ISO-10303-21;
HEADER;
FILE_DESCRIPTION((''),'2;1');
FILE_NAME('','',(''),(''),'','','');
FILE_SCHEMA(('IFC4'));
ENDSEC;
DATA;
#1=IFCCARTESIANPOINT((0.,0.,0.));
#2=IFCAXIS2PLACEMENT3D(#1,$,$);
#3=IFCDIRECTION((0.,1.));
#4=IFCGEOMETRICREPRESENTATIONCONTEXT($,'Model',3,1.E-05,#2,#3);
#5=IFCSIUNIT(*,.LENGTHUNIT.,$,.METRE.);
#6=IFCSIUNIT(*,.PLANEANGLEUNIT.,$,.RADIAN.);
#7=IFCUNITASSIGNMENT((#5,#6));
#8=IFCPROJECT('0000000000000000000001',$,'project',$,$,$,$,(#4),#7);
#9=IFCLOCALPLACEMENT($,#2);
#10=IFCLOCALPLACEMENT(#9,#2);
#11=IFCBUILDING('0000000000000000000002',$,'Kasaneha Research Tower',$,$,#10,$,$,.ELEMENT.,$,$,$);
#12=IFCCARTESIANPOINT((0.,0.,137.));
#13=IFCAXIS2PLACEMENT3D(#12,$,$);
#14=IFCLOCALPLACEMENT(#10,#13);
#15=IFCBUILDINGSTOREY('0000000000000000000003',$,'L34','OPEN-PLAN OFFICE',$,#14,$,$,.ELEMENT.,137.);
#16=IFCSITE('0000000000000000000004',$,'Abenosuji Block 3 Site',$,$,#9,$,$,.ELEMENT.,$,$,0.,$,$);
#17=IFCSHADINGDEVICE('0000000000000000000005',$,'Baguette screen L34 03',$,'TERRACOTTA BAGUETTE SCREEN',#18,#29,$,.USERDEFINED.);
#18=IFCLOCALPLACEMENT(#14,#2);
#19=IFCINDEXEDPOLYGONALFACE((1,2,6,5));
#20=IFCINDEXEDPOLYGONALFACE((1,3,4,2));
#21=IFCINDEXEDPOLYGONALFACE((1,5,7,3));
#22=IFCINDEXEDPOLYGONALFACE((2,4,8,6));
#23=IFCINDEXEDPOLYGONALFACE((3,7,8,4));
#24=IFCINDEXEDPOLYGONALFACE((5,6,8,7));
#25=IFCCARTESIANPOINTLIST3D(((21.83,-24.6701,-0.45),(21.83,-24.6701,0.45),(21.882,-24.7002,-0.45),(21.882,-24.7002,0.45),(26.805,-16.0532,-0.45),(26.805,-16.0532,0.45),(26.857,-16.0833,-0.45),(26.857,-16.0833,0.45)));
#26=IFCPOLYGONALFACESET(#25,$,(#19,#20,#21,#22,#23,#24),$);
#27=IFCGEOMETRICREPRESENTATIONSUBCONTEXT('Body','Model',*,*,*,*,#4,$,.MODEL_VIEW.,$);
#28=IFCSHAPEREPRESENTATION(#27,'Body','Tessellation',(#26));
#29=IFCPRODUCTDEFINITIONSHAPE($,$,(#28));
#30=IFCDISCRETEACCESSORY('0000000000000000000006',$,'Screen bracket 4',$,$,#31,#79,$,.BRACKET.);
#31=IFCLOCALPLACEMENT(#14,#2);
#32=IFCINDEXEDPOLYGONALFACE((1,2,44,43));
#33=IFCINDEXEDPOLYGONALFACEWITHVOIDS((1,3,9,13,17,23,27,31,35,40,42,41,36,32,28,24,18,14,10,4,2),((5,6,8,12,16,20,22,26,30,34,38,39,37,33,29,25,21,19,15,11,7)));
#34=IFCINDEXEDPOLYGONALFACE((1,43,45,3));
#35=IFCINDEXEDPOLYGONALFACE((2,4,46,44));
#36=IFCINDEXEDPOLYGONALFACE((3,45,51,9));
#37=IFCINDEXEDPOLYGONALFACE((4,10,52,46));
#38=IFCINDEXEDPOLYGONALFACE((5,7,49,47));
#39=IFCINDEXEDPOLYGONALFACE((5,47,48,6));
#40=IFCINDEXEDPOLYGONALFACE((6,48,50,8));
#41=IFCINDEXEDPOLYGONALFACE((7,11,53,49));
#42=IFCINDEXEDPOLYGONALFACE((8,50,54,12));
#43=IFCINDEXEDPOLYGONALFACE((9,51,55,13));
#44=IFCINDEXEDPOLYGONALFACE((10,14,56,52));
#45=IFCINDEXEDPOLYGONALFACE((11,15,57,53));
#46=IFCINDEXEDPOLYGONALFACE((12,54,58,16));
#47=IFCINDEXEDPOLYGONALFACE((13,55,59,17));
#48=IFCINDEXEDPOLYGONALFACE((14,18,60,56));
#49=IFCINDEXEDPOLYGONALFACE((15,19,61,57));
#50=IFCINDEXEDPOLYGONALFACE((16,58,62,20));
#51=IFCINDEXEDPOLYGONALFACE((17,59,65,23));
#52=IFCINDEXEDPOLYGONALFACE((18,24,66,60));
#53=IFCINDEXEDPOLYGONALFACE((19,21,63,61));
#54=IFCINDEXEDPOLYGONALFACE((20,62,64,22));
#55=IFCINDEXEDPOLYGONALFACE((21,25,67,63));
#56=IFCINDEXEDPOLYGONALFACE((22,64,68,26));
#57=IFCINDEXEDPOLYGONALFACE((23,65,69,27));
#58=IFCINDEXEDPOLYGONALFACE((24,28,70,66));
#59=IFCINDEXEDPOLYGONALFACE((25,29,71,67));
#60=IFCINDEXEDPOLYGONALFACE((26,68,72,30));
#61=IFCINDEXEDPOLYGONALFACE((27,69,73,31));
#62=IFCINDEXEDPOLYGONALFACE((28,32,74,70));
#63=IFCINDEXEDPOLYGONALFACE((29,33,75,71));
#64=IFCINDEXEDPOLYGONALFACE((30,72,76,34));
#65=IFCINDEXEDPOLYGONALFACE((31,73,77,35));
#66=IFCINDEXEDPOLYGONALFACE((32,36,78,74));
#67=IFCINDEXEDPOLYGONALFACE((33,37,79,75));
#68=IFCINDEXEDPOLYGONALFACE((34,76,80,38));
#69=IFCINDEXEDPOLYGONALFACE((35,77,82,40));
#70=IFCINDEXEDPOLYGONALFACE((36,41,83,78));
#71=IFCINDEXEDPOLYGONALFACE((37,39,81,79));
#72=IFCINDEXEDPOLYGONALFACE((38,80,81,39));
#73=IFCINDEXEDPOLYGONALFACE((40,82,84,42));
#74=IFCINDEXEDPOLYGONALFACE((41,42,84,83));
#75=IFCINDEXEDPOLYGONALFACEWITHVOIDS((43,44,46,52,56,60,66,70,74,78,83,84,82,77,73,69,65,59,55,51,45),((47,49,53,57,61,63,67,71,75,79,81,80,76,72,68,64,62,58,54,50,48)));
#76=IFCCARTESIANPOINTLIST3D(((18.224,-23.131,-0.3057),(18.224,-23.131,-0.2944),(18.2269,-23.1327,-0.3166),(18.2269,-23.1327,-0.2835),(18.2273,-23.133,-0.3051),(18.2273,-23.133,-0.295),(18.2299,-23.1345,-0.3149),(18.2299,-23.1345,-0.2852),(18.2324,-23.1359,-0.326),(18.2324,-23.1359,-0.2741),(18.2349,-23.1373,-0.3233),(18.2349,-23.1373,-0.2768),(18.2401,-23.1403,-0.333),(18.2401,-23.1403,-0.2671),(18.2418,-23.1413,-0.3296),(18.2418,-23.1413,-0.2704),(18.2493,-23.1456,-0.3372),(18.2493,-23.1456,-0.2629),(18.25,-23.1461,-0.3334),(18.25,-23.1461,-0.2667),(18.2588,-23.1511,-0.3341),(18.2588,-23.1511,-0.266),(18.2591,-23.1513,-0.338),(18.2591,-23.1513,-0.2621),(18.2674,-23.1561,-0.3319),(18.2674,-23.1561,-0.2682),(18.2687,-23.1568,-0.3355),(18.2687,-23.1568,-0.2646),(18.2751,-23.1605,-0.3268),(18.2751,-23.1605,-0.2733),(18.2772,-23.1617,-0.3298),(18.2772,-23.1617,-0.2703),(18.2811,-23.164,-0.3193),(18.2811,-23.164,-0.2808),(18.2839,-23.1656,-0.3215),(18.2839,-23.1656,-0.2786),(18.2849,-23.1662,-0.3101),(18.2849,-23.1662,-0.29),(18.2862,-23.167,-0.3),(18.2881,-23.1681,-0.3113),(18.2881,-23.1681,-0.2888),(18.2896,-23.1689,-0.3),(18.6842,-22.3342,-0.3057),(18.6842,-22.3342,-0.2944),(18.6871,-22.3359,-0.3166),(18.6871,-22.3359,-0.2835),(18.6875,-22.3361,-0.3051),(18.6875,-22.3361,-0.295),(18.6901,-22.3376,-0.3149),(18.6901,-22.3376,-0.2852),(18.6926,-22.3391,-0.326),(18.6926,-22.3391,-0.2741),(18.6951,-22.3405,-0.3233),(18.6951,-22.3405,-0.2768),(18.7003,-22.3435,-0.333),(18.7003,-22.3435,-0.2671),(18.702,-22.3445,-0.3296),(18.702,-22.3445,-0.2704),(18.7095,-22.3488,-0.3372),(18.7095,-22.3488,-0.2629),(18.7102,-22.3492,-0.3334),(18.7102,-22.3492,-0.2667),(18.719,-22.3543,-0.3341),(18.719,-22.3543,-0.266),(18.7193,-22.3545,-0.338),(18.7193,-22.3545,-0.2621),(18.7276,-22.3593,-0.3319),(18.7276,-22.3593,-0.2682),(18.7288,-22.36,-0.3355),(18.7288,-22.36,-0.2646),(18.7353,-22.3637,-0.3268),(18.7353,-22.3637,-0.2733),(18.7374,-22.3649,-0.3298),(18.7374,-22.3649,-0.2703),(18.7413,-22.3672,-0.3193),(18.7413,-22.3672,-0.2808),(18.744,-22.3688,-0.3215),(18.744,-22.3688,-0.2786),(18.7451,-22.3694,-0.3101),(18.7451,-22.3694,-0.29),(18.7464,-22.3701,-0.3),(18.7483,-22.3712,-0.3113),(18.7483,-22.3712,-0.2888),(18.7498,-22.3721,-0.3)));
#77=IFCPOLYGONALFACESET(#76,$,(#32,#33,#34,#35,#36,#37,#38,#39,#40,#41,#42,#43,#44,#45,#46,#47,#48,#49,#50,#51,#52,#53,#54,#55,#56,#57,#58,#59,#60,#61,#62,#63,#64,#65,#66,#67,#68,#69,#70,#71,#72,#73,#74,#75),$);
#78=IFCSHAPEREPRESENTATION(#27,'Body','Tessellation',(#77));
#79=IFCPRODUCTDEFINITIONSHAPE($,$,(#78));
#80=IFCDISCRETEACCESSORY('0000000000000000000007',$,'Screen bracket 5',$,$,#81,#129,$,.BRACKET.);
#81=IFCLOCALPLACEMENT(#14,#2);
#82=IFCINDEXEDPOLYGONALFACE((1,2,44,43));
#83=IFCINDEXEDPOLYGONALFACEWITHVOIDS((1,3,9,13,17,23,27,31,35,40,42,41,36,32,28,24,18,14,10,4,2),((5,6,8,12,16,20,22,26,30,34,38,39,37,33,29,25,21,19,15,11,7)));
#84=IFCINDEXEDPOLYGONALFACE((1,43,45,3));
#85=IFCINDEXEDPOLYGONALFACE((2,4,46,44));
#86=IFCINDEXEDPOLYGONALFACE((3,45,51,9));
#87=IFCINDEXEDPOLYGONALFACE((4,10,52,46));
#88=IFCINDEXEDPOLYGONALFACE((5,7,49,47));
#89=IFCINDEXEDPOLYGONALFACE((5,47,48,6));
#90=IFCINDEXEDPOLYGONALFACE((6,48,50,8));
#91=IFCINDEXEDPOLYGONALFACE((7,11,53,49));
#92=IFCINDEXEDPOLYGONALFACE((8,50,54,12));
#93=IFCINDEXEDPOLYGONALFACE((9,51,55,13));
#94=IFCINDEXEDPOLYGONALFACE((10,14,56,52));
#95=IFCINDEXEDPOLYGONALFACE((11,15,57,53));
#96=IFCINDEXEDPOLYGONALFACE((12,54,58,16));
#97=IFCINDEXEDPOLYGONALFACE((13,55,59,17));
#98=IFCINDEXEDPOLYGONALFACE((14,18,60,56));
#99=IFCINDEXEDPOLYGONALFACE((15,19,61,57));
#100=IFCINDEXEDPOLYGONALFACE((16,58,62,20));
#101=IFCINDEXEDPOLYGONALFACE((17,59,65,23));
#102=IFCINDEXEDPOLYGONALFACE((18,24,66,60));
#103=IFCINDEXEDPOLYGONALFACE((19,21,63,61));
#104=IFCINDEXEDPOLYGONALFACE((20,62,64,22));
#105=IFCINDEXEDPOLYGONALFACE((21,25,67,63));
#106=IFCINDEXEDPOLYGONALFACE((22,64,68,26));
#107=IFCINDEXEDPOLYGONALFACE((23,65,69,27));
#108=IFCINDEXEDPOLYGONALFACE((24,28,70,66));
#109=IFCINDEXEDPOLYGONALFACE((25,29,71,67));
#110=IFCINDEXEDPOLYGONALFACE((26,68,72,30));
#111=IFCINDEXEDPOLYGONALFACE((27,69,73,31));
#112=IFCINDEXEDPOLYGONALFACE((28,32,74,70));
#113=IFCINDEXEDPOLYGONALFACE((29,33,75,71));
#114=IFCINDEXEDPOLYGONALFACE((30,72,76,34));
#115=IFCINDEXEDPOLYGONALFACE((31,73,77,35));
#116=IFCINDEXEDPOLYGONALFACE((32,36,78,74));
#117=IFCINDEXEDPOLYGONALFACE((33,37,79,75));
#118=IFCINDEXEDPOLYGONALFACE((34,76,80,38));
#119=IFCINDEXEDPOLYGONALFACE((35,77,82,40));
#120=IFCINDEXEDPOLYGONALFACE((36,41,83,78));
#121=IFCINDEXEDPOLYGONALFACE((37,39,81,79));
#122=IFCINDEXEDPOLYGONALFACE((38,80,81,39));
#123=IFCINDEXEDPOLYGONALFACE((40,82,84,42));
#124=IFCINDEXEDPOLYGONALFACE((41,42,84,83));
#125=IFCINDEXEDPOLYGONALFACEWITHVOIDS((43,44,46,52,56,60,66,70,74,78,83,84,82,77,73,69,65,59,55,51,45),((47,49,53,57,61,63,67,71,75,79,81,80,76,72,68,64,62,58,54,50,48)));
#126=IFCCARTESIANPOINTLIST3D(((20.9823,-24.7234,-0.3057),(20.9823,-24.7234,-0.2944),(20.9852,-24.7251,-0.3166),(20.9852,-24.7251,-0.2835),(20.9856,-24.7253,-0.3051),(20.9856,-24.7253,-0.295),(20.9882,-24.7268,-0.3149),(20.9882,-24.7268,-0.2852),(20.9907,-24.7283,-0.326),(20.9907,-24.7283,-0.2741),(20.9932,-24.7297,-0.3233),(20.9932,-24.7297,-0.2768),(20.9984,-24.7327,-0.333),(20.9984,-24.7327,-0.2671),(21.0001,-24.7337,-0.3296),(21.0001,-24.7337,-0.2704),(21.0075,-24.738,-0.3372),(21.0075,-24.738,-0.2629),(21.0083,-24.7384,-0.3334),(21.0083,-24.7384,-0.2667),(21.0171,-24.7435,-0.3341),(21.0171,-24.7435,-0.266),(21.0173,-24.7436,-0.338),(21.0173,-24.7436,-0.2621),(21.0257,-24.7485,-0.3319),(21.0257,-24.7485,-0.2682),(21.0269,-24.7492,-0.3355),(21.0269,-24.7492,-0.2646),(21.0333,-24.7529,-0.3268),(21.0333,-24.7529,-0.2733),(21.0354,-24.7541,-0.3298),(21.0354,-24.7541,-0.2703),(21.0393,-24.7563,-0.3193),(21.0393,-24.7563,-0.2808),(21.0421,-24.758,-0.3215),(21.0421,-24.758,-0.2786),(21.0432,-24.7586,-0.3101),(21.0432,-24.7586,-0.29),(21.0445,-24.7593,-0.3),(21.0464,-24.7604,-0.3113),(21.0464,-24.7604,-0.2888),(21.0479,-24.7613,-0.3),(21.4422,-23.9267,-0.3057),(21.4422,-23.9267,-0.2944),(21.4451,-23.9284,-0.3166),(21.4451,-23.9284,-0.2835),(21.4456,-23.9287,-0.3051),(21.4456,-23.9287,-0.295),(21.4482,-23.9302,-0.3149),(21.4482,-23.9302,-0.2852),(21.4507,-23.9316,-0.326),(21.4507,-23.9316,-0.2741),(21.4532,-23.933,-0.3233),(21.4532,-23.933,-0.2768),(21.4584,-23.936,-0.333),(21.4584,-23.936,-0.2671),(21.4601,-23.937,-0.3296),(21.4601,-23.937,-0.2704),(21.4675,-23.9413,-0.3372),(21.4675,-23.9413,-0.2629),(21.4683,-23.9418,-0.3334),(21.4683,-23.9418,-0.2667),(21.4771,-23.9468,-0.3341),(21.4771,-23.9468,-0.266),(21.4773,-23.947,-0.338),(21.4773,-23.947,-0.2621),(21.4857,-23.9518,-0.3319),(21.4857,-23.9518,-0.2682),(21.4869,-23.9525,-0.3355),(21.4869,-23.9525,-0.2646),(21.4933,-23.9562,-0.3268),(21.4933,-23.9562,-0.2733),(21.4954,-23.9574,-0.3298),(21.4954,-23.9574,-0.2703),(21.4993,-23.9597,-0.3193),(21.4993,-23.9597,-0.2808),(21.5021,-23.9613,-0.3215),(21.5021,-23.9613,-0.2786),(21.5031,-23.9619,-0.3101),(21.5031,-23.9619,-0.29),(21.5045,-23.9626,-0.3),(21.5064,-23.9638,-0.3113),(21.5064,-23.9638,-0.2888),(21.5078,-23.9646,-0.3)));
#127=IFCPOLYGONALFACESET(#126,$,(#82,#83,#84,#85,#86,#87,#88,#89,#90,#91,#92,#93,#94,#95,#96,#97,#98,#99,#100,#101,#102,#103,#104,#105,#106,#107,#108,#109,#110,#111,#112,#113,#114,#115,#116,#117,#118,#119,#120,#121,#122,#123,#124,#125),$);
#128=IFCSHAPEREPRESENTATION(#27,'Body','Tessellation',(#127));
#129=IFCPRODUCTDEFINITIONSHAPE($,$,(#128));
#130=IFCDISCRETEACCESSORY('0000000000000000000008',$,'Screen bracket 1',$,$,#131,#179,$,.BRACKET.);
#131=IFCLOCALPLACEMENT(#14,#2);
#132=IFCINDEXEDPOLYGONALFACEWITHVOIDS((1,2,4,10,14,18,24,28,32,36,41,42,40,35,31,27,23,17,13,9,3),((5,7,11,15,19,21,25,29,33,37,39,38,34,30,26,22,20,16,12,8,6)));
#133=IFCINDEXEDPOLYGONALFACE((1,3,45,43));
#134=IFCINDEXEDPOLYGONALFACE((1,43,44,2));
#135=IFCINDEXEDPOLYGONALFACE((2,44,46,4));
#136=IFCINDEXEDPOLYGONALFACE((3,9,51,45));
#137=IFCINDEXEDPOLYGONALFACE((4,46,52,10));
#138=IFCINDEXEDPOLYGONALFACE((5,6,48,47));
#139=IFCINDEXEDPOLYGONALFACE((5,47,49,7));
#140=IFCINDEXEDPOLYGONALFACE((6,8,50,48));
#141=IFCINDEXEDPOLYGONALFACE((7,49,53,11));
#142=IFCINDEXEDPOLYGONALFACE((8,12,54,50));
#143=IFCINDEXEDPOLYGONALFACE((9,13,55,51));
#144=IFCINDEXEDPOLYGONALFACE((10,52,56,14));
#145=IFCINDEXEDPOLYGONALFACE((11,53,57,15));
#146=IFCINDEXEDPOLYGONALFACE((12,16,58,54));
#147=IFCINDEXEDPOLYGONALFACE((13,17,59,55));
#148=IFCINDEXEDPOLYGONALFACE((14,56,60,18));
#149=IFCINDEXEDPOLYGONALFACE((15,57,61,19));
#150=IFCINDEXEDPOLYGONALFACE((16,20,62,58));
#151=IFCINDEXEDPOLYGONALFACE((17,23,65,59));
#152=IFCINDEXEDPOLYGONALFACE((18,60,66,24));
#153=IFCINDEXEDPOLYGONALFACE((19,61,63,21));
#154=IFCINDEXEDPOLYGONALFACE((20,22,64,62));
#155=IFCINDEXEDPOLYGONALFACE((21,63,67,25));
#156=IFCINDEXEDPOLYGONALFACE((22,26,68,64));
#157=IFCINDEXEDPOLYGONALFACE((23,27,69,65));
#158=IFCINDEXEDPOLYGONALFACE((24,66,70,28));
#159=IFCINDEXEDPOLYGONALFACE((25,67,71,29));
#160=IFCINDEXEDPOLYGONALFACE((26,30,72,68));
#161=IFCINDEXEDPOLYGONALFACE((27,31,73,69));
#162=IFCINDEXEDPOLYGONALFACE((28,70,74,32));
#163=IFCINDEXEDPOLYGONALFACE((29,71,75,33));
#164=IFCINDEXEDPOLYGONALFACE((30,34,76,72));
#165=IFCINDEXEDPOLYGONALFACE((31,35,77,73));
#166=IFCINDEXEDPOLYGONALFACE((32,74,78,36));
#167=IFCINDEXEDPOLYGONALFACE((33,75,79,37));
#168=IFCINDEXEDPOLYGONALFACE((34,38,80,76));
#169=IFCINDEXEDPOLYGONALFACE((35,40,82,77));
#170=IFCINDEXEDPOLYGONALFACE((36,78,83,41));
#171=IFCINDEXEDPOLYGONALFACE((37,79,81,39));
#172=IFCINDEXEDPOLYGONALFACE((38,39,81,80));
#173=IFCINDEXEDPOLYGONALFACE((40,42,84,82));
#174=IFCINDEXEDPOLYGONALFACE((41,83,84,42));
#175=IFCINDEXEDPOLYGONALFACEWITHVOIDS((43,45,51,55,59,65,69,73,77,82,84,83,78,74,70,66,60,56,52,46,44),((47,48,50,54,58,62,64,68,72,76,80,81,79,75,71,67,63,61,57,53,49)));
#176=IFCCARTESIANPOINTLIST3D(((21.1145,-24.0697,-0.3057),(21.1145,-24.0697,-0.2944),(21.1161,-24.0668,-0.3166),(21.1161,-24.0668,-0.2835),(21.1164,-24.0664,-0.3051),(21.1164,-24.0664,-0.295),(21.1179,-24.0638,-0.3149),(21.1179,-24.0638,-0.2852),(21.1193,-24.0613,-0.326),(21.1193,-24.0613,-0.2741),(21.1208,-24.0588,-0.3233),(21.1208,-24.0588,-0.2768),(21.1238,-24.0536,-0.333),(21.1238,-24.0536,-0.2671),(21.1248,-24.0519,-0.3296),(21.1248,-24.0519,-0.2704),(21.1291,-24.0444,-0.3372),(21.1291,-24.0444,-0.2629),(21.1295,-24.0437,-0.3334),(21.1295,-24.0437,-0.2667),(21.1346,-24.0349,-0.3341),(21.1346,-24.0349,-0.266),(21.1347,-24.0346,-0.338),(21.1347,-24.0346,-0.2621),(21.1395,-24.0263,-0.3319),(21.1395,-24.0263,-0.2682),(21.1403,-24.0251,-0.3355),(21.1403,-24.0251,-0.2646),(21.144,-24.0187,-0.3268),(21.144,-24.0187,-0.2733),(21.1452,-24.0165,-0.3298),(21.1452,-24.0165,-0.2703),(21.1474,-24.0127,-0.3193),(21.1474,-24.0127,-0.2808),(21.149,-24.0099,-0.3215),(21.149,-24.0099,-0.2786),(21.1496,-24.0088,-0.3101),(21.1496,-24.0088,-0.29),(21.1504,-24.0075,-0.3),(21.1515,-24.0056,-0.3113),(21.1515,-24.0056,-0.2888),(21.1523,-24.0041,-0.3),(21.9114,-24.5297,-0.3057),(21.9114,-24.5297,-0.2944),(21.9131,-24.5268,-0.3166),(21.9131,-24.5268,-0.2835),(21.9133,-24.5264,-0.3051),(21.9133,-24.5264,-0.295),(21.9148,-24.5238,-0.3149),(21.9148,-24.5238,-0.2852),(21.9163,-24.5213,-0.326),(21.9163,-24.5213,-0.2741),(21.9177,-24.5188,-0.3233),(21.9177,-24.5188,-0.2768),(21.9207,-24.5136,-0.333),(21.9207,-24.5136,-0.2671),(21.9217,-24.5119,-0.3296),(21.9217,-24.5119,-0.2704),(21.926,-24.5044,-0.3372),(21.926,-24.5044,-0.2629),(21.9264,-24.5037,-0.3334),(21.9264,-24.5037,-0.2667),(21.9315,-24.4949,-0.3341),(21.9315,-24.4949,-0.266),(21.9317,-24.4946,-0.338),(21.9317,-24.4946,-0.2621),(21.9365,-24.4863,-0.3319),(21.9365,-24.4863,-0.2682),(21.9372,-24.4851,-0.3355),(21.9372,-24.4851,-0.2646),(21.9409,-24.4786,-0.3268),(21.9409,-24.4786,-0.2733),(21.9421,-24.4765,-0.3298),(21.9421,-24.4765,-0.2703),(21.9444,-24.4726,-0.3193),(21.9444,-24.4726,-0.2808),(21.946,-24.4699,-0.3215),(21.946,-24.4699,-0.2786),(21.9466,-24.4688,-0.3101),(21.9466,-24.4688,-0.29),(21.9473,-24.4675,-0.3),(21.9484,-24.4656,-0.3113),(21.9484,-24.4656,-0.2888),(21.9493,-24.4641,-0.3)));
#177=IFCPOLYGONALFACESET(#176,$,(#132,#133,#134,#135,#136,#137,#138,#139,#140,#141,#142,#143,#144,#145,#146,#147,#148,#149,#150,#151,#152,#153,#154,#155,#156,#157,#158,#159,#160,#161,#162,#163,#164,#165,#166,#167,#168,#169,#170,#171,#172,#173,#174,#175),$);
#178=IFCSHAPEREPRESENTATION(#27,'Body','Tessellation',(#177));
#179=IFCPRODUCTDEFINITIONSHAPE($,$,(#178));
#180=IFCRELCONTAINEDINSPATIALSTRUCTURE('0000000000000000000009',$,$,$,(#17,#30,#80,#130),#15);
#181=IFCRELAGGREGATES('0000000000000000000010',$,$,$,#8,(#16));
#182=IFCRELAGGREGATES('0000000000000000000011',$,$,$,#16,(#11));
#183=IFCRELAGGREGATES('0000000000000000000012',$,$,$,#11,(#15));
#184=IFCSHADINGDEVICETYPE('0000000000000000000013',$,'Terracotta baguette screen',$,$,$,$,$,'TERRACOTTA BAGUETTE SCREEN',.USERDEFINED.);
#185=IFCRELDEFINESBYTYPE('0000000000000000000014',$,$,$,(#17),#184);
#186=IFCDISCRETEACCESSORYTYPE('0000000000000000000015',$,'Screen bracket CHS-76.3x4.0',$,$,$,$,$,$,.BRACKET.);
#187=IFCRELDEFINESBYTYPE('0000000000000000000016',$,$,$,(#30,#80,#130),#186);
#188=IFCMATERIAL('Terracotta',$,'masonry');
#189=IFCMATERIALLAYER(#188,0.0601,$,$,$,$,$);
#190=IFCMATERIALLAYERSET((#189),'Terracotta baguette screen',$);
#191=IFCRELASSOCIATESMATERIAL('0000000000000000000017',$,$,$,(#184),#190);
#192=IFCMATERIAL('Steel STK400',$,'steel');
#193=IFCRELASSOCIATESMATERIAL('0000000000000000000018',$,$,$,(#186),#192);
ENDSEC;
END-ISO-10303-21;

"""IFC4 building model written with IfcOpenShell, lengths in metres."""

from ifc_helpers import new_model, si_unit, direction, frame, origin, origin_2d, place, context, subcontext, project, spatial, rectangle, hollow_circle, extrude, material, layer, layer_set, material_profile, profile_set, type_object, element, save


model = new_model("IFC4")

# Units and contexts
model_context = context("Model", 3, precision=1e-05, world=origin(), true_north=direction((0.0, 1.0)))
body_context = subcontext(model_context, "Body", "Model", "MODEL_VIEW")
ifc_project = project(units=[si_unit("LENGTHUNIT", "METRE"), si_unit("PLANEANGLEUNIT", "RADIAN")], contexts=[model_context])

# Site, building, storey
site_placement = place(None, origin())
site = spatial("IfcSite", under=ifc_project, at=site_placement, Name="Abenosuji Block 3 Site", CompositionType="ELEMENT", RefElevation=0.0)
building_placement = place(site_placement, origin())
building = spatial("IfcBuilding", under=site, at=building_placement, Name="Kasaneha Research Tower", CompositionType="ELEMENT")
storey_placement = place(building_placement, frame((0.0, 0.0, 137.0)))
storey = spatial("IfcBuildingStorey", under=building, at=storey_placement, Name="L34", Description="OPEN-PLAN OFFICE", CompositionType="ELEMENT", Elevation=137.0)

# Shading device
ifc_material_1 = material(Name="Terracotta", Category="masonry")
ifc_layer_1 = layer(ifc_material_1, 0.0601)
ifc_layer_set_1 = layer_set([ifc_layer_1], Name="Terracotta baguette screen")
shading_device_type = type_object("IfcShadingDeviceType", Name="Terracotta baguette screen", ElementType="TERRACOTTA BAGUETTE SCREEN", PredefinedType="USERDEFINED", material=ifc_layer_set_1)
shading_device_placement = place(storey_placement, frame((24.3435, -20.3767, -0.45), z_axis=(0.0, 0.0, 1.0), x_axis=(0.5, 0.866025, 0.0)))
element("IfcShadingDevice", 1, at=shading_device_placement, inside=storey, type_object=shading_device_type, Name="Baguette screen L34 03", ObjectType="TERRACOTTA BAGUETTE SCREEN", PredefinedType="USERDEFINED", context=body_context, shape_type="SweptSolid", body=[
    extrude(rectangle(XDim=9.95, YDim=0.0601, at=origin_2d()), origin(), (0.0, 0.0, 1.0), 0.8999),
])

# Discrete accessories
ifc_material_2 = material(Name="Steel STK400", Category="steel")
ifc_material_profile_1 = material_profile(ifc_material_2, hollow_circle(Radius=0.0381, WallThickness=0.0039, at=origin_2d()), Name="CHS-76.3x4.0")
ifc_profile_set_1 = profile_set([ifc_material_profile_1], Name="Steel STK400")
discrete_accessory_type = type_object("IfcDiscreteAccessoryType", Name="Screen bracket CHS-76.3x4.0", PredefinedType="BRACKET", material=ifc_profile_set_1)
discrete_accessory_1_placement = place(storey_placement, frame((18.7168, -22.353, -0.3), z_axis=(-0.500105, -0.865965, 0.0), x_axis=(0.865965, -0.500105, 0.0)))
element("IfcDiscreteAccessory", 2, at=discrete_accessory_1_placement, inside=storey, type_object=discrete_accessory_type, Name="Screen bracket 4", PredefinedType="BRACKET", context=body_context, shape_type="SweptSolid", body=[
    extrude(hollow_circle(Radius=0.0381, WallThickness=0.0039, at=origin_2d()), origin(), (0.0, 0.0, 1.0), 0.9202),
])
discrete_accessory_2_placement = place(storey_placement, frame((21.4749, -23.9456, -0.3), z_axis=(-0.500021, -0.866013, 0.0), x_axis=(0.866013, -0.500021, 0.0)))
element("IfcDiscreteAccessory", 3, at=discrete_accessory_2_placement, inside=storey, type_object=discrete_accessory_type, Name="Screen bracket 5", PredefinedType="BRACKET", context=body_context, shape_type="SweptSolid", body=[
    extrude(hollow_circle(Radius=0.0381, WallThickness=0.0039, at=origin_2d()), origin(), (0.0, 0.0, 1.0), 0.9199),
])
discrete_accessory_3_placement = place(storey_placement, frame((21.1333, -24.0371, -0.3), z_axis=(0.86608, -0.499906, 0.0), x_axis=(0.499906, 0.86608, 0.0)))
element("IfcDiscreteAccessory", 4, at=discrete_accessory_3_placement, inside=storey, type_object=discrete_accessory_type, Name="Screen bracket 1", PredefinedType="BRACKET", context=body_context, shape_type="SweptSolid", body=[
    extrude(hollow_circle(Radius=0.0381, WallThickness=0.0039, at=origin_2d()), origin(), (0.0, 0.0, 1.0), 0.9202),
])

save(model, "model.ifc")
